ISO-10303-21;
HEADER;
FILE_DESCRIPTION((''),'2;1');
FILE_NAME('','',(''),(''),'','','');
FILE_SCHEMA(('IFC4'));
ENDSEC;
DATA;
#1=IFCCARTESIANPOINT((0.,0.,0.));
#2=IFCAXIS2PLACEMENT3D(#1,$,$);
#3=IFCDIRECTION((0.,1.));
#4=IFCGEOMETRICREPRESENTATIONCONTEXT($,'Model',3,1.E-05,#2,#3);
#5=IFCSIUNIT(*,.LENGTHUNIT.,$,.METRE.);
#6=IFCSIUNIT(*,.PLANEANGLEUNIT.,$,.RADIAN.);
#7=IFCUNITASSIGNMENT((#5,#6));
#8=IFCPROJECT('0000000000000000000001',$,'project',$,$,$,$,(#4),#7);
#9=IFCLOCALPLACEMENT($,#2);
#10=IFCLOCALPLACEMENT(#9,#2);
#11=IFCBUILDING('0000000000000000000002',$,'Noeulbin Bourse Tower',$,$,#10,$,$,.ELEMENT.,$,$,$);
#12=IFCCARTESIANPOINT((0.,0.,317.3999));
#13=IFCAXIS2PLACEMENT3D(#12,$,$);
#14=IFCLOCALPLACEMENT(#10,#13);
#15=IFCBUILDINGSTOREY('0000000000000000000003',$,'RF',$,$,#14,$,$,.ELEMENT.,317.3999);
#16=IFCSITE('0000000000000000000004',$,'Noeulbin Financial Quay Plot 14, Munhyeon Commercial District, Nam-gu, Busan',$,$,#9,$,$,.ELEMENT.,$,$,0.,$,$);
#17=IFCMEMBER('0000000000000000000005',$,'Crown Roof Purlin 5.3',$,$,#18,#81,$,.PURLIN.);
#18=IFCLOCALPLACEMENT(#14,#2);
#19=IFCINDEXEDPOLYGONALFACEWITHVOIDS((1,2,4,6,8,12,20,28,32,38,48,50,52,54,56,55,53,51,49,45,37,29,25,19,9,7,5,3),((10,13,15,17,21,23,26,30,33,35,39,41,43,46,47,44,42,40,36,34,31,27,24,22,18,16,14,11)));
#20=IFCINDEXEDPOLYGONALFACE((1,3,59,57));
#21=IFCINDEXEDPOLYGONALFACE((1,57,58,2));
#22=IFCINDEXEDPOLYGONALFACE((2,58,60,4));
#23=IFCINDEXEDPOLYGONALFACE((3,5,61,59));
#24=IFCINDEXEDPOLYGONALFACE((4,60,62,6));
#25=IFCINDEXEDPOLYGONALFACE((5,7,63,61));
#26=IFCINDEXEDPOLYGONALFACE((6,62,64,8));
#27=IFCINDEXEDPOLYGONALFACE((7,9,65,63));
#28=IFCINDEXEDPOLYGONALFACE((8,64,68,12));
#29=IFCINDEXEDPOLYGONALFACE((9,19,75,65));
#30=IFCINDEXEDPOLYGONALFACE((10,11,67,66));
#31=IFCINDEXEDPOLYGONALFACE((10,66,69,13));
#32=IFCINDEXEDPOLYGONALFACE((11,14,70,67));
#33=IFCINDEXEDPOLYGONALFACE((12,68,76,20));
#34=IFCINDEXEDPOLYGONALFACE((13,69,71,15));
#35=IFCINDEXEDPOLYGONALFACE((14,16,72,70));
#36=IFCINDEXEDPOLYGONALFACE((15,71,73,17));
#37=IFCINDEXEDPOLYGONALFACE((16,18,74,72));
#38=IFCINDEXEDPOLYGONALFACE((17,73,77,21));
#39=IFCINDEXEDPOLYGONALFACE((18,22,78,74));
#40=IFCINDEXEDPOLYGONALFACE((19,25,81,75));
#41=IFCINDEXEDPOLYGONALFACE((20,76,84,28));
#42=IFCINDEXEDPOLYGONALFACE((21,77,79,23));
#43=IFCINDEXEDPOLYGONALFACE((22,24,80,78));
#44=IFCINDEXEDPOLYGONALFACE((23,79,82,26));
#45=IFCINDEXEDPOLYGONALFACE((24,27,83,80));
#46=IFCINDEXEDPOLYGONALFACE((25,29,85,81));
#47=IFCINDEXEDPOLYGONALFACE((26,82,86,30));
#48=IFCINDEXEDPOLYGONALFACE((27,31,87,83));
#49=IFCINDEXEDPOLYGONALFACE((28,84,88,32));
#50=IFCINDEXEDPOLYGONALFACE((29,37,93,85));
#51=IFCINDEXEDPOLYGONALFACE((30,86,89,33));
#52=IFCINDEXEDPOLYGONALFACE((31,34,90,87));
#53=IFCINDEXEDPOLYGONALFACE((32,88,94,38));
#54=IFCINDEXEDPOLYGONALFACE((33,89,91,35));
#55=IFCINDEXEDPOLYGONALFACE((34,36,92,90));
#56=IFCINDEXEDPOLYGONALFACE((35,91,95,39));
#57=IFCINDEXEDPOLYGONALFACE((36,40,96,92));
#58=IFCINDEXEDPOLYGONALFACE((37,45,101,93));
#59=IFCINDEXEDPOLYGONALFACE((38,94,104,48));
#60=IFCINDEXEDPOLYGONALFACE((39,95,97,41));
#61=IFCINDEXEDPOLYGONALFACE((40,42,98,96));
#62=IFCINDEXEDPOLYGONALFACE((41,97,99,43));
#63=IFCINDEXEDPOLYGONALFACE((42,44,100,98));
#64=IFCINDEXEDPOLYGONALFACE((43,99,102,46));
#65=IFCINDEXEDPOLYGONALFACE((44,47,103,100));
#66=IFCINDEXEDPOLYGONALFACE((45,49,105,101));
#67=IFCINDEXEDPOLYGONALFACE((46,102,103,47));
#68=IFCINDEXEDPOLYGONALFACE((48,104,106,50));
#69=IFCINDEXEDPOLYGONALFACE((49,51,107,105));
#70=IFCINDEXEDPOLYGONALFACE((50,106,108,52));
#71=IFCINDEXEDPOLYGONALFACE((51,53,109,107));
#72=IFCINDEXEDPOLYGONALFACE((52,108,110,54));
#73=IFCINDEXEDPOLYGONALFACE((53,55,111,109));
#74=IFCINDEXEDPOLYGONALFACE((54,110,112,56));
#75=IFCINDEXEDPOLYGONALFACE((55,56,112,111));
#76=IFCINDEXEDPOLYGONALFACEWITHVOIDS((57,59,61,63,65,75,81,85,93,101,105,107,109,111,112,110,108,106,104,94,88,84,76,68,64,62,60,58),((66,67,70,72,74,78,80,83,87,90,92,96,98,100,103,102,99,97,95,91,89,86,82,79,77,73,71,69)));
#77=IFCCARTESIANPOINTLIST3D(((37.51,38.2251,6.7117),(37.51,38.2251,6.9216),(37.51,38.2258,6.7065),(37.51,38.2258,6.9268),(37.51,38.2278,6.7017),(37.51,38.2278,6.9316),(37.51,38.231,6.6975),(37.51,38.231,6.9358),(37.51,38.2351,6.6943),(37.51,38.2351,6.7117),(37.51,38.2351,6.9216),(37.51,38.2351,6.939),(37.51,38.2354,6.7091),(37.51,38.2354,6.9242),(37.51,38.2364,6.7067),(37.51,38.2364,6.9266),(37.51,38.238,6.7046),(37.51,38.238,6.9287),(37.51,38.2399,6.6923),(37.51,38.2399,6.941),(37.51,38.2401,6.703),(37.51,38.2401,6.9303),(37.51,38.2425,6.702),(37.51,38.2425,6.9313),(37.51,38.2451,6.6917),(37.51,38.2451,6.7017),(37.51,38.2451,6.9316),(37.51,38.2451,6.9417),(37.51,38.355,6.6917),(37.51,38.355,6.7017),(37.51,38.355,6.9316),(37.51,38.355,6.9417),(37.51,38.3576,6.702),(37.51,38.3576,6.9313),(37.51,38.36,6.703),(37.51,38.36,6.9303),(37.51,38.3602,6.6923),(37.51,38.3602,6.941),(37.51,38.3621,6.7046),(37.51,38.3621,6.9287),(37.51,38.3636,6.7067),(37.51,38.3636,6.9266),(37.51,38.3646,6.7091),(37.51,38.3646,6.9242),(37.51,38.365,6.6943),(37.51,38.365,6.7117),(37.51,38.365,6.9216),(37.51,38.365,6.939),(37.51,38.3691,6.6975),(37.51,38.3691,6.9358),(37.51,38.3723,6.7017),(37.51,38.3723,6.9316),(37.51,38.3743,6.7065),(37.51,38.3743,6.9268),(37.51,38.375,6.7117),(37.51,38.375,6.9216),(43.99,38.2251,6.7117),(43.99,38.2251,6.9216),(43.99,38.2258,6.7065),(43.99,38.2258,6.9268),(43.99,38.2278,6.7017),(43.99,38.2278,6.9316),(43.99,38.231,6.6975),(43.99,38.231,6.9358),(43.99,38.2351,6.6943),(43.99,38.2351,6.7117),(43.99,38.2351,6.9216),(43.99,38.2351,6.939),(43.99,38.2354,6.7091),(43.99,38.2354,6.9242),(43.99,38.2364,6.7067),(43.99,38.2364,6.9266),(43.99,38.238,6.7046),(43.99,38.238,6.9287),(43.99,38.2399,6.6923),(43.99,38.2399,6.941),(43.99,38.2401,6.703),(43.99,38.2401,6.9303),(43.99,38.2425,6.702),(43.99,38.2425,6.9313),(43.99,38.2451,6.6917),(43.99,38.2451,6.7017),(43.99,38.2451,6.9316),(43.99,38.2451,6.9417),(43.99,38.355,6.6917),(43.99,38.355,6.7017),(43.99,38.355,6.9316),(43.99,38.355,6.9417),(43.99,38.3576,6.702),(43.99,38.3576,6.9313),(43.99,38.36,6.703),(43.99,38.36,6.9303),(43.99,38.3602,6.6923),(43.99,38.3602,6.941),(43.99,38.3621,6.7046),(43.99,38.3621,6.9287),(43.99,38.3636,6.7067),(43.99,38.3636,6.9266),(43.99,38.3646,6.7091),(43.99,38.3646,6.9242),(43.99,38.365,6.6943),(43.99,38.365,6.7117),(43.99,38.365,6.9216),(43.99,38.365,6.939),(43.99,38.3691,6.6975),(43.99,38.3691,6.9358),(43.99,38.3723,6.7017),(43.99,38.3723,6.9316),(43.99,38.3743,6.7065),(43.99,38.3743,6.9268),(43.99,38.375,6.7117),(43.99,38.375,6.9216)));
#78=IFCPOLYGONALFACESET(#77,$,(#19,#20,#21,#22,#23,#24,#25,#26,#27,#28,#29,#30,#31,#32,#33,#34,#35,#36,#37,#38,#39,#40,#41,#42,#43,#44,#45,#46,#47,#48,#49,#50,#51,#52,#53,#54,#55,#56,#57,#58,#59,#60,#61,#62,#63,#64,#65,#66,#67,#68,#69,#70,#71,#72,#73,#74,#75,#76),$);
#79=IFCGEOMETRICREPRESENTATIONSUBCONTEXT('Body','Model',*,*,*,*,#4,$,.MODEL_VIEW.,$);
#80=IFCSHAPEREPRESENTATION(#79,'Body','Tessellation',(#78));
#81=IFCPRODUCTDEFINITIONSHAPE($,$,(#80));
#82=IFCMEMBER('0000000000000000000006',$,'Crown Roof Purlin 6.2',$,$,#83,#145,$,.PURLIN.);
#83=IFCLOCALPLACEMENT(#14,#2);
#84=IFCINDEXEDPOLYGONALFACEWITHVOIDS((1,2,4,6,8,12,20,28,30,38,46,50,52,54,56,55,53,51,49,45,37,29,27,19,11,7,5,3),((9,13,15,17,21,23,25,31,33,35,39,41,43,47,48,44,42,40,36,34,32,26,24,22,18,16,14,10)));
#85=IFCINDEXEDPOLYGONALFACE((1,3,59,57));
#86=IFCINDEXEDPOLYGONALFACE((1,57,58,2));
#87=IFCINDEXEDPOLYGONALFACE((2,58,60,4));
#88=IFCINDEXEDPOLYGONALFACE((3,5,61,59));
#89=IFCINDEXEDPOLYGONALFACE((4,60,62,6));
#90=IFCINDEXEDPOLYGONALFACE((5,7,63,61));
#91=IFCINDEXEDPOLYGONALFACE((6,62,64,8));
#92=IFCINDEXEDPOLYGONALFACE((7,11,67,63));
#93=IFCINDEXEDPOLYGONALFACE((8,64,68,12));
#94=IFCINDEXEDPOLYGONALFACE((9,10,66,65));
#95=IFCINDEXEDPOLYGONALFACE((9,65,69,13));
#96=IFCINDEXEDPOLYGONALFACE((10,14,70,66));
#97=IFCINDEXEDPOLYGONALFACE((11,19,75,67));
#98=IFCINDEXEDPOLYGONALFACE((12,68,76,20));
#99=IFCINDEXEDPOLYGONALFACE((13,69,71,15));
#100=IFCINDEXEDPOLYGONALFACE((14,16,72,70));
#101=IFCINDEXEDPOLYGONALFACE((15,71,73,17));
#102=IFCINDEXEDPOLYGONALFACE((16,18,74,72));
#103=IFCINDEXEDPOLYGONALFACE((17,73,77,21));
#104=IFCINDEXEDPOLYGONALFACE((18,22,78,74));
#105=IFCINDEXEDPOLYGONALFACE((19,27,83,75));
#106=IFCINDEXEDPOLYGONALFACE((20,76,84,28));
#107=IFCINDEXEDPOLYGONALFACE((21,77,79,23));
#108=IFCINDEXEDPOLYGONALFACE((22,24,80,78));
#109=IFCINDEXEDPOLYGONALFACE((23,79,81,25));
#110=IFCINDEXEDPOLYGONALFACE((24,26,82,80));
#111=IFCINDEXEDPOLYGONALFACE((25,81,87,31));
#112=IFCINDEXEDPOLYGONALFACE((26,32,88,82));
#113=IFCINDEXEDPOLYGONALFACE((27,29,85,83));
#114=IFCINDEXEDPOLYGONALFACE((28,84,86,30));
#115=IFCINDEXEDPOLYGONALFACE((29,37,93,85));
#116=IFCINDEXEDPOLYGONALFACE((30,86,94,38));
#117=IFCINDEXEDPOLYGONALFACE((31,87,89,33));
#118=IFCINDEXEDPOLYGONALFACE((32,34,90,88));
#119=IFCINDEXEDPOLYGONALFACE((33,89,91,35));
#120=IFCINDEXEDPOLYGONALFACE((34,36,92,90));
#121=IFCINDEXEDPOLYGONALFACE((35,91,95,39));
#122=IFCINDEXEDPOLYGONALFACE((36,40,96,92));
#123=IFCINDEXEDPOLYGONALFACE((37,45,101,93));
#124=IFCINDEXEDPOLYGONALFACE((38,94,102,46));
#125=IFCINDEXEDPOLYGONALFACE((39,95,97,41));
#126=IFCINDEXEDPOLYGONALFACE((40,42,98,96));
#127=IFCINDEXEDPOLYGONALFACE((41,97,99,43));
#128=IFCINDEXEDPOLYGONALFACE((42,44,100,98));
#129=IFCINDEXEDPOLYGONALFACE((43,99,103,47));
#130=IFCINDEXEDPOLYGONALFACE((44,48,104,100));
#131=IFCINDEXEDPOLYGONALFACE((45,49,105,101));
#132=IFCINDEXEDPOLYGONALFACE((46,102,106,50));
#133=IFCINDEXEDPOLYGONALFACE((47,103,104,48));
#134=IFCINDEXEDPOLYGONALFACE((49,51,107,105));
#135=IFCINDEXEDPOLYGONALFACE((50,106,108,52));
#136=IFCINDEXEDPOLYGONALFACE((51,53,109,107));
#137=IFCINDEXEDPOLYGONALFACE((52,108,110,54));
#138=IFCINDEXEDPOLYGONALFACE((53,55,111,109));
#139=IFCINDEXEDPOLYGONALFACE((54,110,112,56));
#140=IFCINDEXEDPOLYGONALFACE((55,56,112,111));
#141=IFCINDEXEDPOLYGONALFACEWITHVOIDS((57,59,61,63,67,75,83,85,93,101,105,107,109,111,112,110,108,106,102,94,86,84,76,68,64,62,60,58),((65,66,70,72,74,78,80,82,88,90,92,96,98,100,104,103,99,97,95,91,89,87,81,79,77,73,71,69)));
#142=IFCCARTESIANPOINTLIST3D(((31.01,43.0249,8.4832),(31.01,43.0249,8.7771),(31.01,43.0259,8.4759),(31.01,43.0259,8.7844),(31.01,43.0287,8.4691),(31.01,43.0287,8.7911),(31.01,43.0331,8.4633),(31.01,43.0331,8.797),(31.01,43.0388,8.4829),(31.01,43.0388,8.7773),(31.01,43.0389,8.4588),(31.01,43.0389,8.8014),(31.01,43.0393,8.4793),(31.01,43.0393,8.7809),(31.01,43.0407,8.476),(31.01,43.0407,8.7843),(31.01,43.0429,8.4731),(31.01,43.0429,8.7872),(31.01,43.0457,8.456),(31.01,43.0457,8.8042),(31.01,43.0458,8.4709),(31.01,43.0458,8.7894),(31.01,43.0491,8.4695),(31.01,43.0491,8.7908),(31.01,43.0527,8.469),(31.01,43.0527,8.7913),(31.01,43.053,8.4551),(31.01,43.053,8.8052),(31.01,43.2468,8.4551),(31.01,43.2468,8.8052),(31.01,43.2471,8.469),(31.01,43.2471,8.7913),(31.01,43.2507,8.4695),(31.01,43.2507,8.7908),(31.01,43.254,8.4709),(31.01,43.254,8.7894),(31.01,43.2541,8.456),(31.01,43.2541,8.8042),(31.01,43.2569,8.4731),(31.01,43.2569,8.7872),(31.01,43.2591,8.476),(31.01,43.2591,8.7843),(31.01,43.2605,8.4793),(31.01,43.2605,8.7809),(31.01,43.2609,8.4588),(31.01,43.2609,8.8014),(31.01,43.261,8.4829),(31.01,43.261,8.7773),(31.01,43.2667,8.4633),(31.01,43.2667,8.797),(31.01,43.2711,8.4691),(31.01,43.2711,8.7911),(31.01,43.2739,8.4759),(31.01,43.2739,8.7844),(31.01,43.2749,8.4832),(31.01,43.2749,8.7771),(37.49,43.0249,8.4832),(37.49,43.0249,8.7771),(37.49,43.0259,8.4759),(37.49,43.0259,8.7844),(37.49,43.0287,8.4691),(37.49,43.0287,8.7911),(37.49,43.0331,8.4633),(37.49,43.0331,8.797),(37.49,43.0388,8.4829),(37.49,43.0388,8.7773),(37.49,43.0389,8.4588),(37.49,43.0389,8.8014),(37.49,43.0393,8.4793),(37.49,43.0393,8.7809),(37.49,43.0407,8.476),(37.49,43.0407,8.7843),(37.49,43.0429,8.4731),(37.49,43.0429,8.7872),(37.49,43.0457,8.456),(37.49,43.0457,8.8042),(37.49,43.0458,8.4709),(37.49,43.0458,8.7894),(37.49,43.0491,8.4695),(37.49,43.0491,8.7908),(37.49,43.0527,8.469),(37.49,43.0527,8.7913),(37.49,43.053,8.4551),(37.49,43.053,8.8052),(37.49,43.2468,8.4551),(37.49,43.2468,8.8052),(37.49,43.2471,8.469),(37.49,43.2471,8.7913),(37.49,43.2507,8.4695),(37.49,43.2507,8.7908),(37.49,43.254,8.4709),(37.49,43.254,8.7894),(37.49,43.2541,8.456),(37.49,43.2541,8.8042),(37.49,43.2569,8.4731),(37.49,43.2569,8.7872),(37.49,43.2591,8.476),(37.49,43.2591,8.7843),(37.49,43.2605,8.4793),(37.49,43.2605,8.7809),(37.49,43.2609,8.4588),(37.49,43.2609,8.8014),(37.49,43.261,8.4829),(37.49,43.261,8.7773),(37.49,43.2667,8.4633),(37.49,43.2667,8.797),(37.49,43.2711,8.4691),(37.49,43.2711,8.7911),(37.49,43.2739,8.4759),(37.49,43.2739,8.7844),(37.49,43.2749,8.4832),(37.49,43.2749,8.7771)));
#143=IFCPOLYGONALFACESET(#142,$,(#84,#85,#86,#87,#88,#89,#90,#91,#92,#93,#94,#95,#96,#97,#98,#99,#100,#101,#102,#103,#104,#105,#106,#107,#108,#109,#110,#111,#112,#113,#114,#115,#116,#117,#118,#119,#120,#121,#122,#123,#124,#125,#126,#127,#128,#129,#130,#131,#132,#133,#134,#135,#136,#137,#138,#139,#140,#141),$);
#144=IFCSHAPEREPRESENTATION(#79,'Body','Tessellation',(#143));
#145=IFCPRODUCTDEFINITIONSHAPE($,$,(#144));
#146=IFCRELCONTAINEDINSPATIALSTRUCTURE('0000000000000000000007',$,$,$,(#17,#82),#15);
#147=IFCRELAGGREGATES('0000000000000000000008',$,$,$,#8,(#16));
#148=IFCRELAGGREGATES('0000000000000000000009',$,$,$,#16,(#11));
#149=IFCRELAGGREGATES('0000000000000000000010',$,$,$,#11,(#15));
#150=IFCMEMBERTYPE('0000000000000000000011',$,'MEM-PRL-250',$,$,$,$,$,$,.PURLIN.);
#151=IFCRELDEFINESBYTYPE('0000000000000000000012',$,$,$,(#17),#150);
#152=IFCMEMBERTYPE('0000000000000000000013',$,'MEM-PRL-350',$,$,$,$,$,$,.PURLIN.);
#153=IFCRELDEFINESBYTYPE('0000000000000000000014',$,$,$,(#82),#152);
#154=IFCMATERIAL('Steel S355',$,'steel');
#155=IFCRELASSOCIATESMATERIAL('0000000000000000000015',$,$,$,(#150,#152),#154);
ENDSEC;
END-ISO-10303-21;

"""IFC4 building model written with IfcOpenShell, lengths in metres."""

from ifc_helpers import new_model, si_unit, direction, frame, origin, origin_2d, place, context, subcontext, project, spatial, hollow_rectangle, extrude, material, material_profile, profile_set, type_object, element, save


model = new_model("IFC4")

# Units and contexts
model_context = context("Model", 3, precision=1e-05, world=origin(), true_north=direction((0.0, 1.0)))
body_context = subcontext(model_context, "Body", "Model", "MODEL_VIEW")
ifc_project = project(units=[si_unit("LENGTHUNIT", "METRE"), si_unit("PLANEANGLEUNIT", "RADIAN")], contexts=[model_context])

# Site, building, storey
site_placement = place(None, origin())
site = spatial("IfcSite", under=ifc_project, at=site_placement, Name="Noeulbin Financial Quay Plot 14, Munhyeon Commercial District, Nam-gu, Busan", CompositionType="ELEMENT", RefElevation=0.0)
building_placement = place(site_placement, origin())
building = spatial("IfcBuilding", under=site, at=building_placement, Name="Noeulbin Bourse Tower", CompositionType="ELEMENT")
storey_placement = place(building_placement, frame((0.0, 0.0, 317.3999)))
storey = spatial("IfcBuildingStorey", under=building, at=storey_placement, Name="RF", CompositionType="ELEMENT", Elevation=317.3999)

# Shared definitions
ifc_material_1 = material(Name="Steel S355", Category="steel")

# Members
ifc_material_profile_1 = material_profile(ifc_material_1, hollow_rectangle(XDim=0.1499, YDim=0.25, WallThickness=0.01, InnerFilletRadius=0.01, OuterFilletRadius=0.02, at=origin_2d()), Name="RHS-250x150x10", Category="LoadBearing")
ifc_profile_set_1 = profile_set([ifc_material_profile_1], Name="Steel S355")
member_type_1 = type_object("IfcMemberType", Name="MEM-PRL-250", PredefinedType="PURLIN", material=ifc_profile_set_1)
for number, where, z_axis, x_axis, name in (
    (1, (37.51, 38.3, 6.8167), (1.0, 0.0, 0.0), (0.0, 1.0, 0.0), "Crown Roof Purlin 5.3"),
):
    element("IfcMember", number, at=place(storey_placement, frame(where, z_axis=z_axis, x_axis=x_axis)), inside=storey, type_object=member_type_1, Name=name, PredefinedType="PURLIN", context=body_context, shape_type="SweptSolid", body=[
        extrude(hollow_rectangle(XDim=0.1499, YDim=0.25, WallThickness=0.01, InnerFilletRadius=0.01, OuterFilletRadius=0.02, at=origin_2d()), origin(), (0.0, 0.0, 1.0), 6.48),
    ])
ifc_material_profile_2 = material_profile(ifc_material_1, hollow_rectangle(XDim=0.25, YDim=0.3501, WallThickness=0.0139, InnerFilletRadius=0.0139, OuterFilletRadius=0.0281, at=origin_2d()), Name="RHS-350x250x14", Category="LoadBearing")
ifc_profile_set_2 = profile_set([ifc_material_profile_2], Name="Steel S355")
member_type_2 = type_object("IfcMemberType", Name="MEM-PRL-350", PredefinedType="PURLIN", material=ifc_profile_set_2)
for number, where, z_axis, x_axis, name in (
    (2, (31.01, 43.1499, 8.6301), (1.0, 0.0, 0.0), (0.0, 1.0, 0.0), "Crown Roof Purlin 6.2"),
):
    element("IfcMember", number, at=place(storey_placement, frame(where, z_axis=z_axis, x_axis=x_axis)), inside=storey, type_object=member_type_2, Name=name, PredefinedType="PURLIN", context=body_context, shape_type="SweptSolid", body=[
        extrude(hollow_rectangle(XDim=0.25, YDim=0.3501, WallThickness=0.0139, InnerFilletRadius=0.0139, OuterFilletRadius=0.0281, at=origin_2d()), origin(), (0.0, 0.0, 1.0), 6.48),
    ])

save(model, "model.ifc")
